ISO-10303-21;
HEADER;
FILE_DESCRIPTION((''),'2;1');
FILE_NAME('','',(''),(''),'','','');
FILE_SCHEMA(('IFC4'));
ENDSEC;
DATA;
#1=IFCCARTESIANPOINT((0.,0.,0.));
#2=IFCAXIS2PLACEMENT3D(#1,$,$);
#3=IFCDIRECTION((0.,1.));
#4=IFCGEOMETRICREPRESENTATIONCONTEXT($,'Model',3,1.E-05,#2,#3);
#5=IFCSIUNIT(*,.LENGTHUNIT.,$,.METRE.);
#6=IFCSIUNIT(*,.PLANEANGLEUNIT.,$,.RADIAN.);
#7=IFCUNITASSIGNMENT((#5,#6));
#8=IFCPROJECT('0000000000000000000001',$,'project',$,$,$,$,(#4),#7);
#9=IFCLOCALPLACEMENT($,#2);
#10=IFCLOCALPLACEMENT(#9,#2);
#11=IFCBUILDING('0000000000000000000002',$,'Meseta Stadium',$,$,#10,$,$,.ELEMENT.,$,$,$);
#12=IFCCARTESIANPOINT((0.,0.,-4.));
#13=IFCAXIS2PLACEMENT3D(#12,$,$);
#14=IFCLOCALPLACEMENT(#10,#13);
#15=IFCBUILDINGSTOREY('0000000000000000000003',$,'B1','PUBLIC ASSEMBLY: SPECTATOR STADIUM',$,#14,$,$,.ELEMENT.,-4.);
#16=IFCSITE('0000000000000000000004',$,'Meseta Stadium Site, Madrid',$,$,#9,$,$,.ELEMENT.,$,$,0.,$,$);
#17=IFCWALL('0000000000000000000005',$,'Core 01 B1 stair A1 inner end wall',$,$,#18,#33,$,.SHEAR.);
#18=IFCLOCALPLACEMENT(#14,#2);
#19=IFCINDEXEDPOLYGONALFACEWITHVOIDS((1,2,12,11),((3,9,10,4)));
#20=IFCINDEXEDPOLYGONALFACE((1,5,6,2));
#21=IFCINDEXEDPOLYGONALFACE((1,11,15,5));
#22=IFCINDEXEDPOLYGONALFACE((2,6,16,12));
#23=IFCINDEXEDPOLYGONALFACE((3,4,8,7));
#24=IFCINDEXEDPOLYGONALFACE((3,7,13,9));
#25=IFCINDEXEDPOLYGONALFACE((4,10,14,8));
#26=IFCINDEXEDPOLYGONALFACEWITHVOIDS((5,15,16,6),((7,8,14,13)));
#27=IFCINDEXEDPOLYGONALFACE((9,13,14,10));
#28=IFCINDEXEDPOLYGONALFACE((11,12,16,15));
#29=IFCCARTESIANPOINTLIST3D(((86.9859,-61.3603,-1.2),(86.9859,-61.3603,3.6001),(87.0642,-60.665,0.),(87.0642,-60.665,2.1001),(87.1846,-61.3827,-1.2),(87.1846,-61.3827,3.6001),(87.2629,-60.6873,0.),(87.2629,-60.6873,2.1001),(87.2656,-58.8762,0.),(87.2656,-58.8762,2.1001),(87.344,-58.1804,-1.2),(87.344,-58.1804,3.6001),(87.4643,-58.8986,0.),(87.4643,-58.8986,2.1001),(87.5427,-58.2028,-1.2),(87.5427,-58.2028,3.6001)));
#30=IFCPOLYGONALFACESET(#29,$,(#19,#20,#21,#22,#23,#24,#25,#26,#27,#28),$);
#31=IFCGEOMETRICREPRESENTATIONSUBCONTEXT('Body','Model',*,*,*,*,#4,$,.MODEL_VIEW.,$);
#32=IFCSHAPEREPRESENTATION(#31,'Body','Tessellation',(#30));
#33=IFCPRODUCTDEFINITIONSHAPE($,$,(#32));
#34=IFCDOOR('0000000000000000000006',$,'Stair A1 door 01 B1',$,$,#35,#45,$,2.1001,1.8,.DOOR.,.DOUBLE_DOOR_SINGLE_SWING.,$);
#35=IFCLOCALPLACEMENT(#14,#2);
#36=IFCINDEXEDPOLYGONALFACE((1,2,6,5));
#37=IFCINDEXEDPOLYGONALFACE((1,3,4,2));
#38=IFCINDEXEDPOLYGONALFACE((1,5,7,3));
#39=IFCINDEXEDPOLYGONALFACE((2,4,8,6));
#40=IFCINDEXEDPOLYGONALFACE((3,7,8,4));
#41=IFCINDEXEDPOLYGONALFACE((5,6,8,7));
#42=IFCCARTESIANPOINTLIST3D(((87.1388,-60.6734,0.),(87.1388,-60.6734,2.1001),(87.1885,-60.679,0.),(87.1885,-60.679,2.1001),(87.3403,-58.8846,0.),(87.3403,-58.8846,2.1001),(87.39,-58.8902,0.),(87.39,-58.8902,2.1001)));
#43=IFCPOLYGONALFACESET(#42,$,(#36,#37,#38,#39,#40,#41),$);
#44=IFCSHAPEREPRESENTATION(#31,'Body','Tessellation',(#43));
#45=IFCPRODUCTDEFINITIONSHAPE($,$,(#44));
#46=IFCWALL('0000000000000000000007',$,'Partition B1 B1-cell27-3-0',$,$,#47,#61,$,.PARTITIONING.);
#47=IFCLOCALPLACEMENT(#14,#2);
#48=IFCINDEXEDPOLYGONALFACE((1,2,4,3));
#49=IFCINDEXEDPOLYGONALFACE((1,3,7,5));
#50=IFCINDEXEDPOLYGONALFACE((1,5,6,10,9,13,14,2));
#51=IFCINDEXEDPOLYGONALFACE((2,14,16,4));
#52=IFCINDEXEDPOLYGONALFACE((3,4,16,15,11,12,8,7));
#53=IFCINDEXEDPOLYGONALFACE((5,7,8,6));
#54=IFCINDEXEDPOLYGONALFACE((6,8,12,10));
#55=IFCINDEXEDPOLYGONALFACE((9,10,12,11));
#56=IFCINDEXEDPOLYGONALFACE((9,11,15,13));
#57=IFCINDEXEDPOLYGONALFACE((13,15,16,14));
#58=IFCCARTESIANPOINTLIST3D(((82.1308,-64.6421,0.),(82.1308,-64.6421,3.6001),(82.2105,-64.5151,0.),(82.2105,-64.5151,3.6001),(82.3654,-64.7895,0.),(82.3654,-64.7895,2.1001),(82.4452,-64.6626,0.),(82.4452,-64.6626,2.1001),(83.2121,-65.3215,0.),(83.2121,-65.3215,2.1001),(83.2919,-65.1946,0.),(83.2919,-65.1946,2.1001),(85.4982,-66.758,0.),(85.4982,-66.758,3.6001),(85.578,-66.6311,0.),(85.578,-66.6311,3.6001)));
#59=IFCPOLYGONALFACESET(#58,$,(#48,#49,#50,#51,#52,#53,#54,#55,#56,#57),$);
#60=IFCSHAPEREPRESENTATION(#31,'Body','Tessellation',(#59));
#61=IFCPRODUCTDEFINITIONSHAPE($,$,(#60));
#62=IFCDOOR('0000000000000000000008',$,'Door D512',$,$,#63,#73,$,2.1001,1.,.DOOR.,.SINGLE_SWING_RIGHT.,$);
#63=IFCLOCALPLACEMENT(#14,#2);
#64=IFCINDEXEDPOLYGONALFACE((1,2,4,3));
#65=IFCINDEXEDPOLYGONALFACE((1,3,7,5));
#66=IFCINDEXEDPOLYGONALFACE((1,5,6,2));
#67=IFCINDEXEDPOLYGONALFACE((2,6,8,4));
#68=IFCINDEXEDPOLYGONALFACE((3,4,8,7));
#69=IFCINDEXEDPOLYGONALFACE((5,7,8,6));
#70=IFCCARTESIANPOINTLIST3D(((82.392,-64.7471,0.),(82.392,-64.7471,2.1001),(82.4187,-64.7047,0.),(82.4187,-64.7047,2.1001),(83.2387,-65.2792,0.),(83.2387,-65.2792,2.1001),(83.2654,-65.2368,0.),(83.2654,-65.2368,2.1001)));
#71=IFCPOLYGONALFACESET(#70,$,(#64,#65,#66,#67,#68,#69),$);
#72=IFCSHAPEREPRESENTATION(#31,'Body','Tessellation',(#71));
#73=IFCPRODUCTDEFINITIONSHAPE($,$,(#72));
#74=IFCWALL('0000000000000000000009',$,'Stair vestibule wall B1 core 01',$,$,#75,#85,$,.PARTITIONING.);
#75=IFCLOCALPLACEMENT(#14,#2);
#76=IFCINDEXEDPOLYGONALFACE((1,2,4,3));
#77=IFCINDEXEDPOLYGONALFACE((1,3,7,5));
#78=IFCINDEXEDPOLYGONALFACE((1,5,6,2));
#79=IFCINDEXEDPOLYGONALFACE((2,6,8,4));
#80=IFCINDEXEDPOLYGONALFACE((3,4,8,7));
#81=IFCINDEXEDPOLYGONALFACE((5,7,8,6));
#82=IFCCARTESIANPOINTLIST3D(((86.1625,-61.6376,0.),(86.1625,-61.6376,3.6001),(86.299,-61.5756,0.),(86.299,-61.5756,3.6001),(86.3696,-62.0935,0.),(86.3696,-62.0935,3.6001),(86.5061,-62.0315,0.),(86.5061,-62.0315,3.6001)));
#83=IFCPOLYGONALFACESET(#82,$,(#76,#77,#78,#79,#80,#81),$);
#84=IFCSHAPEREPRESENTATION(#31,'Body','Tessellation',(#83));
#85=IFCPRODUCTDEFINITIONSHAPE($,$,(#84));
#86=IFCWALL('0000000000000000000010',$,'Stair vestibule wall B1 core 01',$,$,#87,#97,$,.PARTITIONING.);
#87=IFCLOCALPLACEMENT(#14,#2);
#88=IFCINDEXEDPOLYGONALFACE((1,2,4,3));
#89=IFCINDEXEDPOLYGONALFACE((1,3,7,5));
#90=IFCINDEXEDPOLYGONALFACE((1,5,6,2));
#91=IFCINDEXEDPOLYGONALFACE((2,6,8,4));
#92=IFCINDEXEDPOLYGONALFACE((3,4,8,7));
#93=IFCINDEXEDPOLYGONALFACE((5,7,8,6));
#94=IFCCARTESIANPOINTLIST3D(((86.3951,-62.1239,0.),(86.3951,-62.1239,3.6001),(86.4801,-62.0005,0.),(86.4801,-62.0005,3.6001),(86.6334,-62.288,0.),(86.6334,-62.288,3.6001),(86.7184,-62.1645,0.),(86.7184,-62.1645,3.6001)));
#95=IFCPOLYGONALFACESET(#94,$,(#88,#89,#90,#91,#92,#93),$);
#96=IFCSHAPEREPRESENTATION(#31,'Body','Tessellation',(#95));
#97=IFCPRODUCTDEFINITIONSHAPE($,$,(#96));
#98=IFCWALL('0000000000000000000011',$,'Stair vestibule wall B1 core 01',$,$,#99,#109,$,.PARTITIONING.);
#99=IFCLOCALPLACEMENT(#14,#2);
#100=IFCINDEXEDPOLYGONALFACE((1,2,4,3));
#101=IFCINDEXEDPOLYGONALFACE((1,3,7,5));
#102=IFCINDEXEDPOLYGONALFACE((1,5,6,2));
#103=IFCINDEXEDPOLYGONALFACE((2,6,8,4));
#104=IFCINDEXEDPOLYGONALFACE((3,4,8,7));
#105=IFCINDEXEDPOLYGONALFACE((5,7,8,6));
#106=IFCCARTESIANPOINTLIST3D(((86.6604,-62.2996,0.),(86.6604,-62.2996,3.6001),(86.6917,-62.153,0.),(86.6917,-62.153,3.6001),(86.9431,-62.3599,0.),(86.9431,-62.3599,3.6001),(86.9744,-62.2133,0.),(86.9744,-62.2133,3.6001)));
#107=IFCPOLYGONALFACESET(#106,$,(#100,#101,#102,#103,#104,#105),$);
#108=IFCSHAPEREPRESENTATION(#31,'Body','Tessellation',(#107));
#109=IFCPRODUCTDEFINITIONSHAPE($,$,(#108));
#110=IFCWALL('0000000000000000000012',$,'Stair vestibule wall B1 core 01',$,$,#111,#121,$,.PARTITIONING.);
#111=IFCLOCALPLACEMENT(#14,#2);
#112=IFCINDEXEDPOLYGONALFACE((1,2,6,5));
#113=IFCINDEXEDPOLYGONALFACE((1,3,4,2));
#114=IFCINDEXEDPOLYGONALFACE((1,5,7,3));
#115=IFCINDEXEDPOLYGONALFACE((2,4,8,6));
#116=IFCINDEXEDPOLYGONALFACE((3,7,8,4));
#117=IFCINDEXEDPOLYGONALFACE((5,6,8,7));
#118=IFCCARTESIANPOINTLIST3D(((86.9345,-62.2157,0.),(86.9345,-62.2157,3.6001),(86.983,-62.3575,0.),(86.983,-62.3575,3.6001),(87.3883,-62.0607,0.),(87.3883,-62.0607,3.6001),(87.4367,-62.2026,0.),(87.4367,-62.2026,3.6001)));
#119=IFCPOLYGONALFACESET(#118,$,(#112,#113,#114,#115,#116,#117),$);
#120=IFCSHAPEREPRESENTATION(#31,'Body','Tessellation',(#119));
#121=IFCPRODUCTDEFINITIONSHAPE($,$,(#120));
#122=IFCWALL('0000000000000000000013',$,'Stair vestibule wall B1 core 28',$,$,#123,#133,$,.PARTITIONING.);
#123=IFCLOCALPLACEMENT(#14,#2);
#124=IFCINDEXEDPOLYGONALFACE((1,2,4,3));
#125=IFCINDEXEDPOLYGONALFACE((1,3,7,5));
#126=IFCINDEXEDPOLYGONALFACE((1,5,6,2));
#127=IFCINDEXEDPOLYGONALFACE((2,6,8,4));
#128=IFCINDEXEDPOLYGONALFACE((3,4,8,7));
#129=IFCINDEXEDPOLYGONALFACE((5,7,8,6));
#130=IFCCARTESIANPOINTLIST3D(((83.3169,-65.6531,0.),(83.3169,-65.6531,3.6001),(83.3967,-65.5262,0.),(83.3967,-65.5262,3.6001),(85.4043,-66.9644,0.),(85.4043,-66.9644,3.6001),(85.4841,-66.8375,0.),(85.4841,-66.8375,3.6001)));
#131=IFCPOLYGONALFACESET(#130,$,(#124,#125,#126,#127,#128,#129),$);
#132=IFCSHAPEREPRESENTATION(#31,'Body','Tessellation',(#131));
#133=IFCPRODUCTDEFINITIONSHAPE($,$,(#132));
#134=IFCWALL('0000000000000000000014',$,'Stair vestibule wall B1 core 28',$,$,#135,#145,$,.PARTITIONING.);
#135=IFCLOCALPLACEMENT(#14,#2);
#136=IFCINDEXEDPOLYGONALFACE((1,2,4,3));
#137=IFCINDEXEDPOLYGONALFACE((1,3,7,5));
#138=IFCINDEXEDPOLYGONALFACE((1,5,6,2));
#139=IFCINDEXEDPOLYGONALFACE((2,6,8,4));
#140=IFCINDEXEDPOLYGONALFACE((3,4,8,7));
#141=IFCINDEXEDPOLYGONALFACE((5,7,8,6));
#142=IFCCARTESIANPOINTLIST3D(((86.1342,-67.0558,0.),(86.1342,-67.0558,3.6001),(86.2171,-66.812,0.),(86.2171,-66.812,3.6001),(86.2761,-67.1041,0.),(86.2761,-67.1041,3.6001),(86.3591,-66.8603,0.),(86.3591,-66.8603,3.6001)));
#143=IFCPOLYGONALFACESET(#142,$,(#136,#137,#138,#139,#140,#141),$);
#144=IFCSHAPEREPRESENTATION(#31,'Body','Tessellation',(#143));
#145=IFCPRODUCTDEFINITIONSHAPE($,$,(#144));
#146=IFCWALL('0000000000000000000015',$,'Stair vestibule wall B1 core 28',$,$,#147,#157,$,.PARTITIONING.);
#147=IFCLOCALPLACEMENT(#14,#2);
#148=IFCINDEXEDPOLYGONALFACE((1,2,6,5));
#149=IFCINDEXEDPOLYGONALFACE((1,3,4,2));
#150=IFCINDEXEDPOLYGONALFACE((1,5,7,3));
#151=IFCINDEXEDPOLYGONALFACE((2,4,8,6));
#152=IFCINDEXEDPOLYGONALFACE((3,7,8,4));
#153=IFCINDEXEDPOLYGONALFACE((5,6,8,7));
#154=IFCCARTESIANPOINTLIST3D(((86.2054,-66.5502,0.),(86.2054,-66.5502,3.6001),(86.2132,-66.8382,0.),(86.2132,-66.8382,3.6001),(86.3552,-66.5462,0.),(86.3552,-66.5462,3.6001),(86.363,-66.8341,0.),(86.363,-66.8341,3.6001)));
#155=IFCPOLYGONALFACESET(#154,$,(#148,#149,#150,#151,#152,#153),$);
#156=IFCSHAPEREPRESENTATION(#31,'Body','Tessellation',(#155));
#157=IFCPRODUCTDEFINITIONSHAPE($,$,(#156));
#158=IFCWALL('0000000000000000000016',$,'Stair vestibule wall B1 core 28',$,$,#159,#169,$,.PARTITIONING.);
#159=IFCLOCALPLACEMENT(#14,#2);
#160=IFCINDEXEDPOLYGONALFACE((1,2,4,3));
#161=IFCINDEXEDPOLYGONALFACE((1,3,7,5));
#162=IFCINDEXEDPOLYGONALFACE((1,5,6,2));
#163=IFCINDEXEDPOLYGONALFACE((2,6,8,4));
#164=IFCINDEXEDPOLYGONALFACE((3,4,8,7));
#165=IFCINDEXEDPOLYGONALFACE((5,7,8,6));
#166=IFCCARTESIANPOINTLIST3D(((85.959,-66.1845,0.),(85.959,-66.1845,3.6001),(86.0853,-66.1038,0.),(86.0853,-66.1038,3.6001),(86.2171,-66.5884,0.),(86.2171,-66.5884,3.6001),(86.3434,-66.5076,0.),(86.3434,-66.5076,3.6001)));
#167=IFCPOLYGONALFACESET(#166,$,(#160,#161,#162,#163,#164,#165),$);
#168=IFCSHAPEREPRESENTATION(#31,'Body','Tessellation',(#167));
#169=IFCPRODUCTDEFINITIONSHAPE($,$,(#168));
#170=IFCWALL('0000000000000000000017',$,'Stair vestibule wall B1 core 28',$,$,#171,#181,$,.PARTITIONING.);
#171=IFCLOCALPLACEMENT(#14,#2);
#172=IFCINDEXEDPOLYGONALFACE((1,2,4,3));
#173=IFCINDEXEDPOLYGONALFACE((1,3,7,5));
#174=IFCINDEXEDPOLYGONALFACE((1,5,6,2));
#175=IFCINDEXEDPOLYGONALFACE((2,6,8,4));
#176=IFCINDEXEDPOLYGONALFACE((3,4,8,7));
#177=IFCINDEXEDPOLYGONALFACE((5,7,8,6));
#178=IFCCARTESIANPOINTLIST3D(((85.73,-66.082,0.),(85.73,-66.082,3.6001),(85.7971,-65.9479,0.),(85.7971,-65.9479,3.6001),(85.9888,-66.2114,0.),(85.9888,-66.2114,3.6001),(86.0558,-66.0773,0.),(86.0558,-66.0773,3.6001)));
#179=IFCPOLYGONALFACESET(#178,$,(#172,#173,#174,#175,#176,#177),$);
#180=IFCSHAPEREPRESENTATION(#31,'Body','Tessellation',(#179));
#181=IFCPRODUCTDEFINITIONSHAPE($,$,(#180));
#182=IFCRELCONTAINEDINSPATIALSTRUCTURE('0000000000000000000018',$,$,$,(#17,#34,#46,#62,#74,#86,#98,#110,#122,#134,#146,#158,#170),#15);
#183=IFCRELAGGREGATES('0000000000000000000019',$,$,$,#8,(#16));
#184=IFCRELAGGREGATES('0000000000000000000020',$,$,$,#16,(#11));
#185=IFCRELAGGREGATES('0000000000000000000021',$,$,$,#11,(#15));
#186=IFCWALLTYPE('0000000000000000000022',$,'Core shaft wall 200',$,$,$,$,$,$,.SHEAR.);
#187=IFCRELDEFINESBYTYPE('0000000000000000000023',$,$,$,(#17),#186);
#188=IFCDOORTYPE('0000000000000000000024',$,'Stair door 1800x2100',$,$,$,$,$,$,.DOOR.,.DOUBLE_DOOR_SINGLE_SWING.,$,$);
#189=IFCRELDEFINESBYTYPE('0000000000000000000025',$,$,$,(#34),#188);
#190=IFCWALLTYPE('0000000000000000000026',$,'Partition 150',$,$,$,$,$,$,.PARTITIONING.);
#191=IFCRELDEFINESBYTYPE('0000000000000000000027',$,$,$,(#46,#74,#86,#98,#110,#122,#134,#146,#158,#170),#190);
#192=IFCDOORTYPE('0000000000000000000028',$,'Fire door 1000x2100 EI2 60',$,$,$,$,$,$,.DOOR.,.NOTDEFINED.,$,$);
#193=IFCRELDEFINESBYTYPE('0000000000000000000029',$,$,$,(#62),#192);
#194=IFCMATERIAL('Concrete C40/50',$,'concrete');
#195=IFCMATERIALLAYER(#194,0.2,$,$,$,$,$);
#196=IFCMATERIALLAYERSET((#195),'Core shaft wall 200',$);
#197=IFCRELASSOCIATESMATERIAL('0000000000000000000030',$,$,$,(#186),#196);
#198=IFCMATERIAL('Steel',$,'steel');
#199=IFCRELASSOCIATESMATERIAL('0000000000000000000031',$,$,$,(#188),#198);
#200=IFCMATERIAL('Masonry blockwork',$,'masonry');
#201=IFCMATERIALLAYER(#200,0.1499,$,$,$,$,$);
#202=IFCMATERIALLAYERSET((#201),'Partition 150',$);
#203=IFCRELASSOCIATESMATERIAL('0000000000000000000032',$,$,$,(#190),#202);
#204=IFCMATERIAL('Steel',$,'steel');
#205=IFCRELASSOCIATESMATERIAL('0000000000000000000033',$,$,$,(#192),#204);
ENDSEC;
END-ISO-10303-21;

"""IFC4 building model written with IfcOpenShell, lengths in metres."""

from ifc_helpers import new_model, si_unit, direction, frame, frame_2d, origin, place, context, subcontext, project, spatial, rectangle, extrude, material, layer, layer_set, type_object, element, fill, save


model = new_model("IFC4")

# Units and contexts
model_context = context("Model", 3, precision=1e-05, world=origin(), true_north=direction((0.0, 1.0)))
body_context = subcontext(model_context, "Body", "Model", "MODEL_VIEW")
ifc_project = project(units=[si_unit("LENGTHUNIT", "METRE"), si_unit("PLANEANGLEUNIT", "RADIAN")], contexts=[model_context])

# Site, building, storey
site_placement = place(None, origin())
site = spatial("IfcSite", under=ifc_project, at=site_placement, Name="Meseta Stadium Site, Madrid", CompositionType="ELEMENT", RefElevation=0.0)
building_placement = place(site_placement, origin())
building = spatial("IfcBuilding", under=site, at=building_placement, Name="Meseta Stadium", CompositionType="ELEMENT")
storey_placement = place(building_placement, frame((0.0, 0.0, -4.0)))
storey = spatial("IfcBuildingStorey", under=building, at=storey_placement, Name="B1", Description="PUBLIC ASSEMBLY: SPECTATOR STADIUM", CompositionType="ELEMENT", Elevation=-4.0)

# Walls, openings, doors
ifc_material_1 = material(Name="Concrete C40/50", Category="concrete")
ifc_layer_1 = layer(ifc_material_1, 0.2)
ifc_layer_set_1 = layer_set([ifc_layer_1], Name="Core shaft wall 200")
wall_type_1 = type_object("IfcWallType", Name="Core shaft wall 200", PredefinedType="SHEAR", material=ifc_layer_set_1)
wall_1_placement = place(storey_placement, frame((87.0852, -61.3716, -1.2), z_axis=(0.0, 0.0, 1.0), x_axis=(0.111922, 0.993717, 0.0)))
wall_1 = element("IfcWall", 1, at=wall_1_placement, inside=storey, type_object=wall_type_1, Name="Core 01 B1 stair A1 inner end wall", PredefinedType="SHEAR", context=body_context, shape_type="SweptSolid", body=[
    extrude(rectangle(XDim=3.2, YDim=0.2, at=frame_2d((1.6001, 0.0))), origin(), (0.0, 0.0, 1.0), 4.8),
])
opening_1_placement = place(wall_1_placement, frame((0.7, 0.0, 1.2)))
opening_1 = element("IfcOpeningElement", 2, at=opening_1_placement, cuts=wall_1, PredefinedType="OPENING", context=body_context, shape_type="SweptSolid", body=[
    extrude(rectangle(XDim=1.8, YDim=2.1001, at=frame_2d((0.8999, 1.05))), frame((0.0, 0.1099, 0.0), z_axis=(0.0, -1.0, 0.0), x_axis=(1.0, 0.0, 0.0)), (0.0, 0.0, 1.0), 0.22),
])
ifc_material_2 = material(Name="Steel", Category="steel")
door_type_1 = type_object("IfcDoorType", Name="Stair door 1800x2100", OperationType="DOUBLE_DOOR_SINGLE_SWING", PredefinedType="DOOR", material=ifc_material_2)
door_1_placement = place(opening_1_placement, origin())
door_1 = element("IfcDoor", 3, at=door_1_placement, inside=storey, type_object=door_type_1, Name="Stair A1 door 01 B1", OperationType="DOUBLE_DOOR_SINGLE_SWING", OverallHeight=2.1001, OverallWidth=1.8, PredefinedType="DOOR", context=body_context, shape_type="SweptSolid", body=[
    extrude(rectangle(XDim=1.8, YDim=2.1001, at=frame_2d((0.8999, 1.05))), frame((0.0, 0.0249, 0.0), z_axis=(0.0, -1.0, 0.0), x_axis=(1.0, 0.0, 0.0)), (0.0, 0.0, 1.0), 0.05),
])
fill(opening_1, door_1)
ifc_material_3 = material(Name="Masonry blockwork", Category="masonry")
ifc_layer_2 = layer(ifc_material_3, 0.1499)
ifc_layer_set_2 = layer_set([ifc_layer_2], Name="Partition 150")
wall_type_2 = type_object("IfcWallType", Name="Partition 150", PredefinedType="PARTITIONING", material=ifc_layer_set_2)
wall_2_placement = place(storey_placement, frame((85.5381, -66.6946, 0.0), z_axis=(0.0, 0.0, 1.0), x_axis=(-0.846716, 0.532045, 0.0)))
wall_2 = element("IfcWall", 4, at=wall_2_placement, inside=storey, type_object=wall_type_2, Name="Partition B1 B1-cell27-3-0", PredefinedType="PARTITIONING", context=body_context, shape_type="SweptSolid", body=[
    extrude(rectangle(XDim=3.9771, YDim=0.1499, at=frame_2d((1.9885, 0.0))), origin(), (0.0, 0.0, 1.0), 3.6001),
])
opening_2_placement = place(wall_2_placement, frame((2.7, 0.0, 0.0)))
opening_2 = element("IfcOpeningElement", 5, at=opening_2_placement, cuts=wall_2, PredefinedType="OPENING", context=body_context, shape_type="SweptSolid", body=[
    extrude(rectangle(XDim=1.0, YDim=2.1001, at=frame_2d((0.5, 1.05))), frame((0.0, 0.085, 0.0), z_axis=(0.0, -1.0, 0.0), x_axis=(1.0, 0.0, 0.0)), (0.0, 0.0, 1.0), 0.1699),
])
ifc_material_4 = material(Name="Steel", Category="steel")
door_type_2 = type_object("IfcDoorType", Name="Fire door 1000x2100 EI2 60", OperationType="NOTDEFINED", PredefinedType="DOOR", material=ifc_material_4)
door_2_placement = place(opening_2_placement, origin())
door_2 = element("IfcDoor", 6, at=door_2_placement, inside=storey, type_object=door_type_2, Name="Door D512", OperationType="SINGLE_SWING_RIGHT", OverallHeight=2.1001, OverallWidth=1.0, PredefinedType="DOOR", context=body_context, shape_type="SweptSolid", body=[
    extrude(rectangle(XDim=1.0, YDim=2.1001, at=frame_2d((0.5, 1.05))), frame((0.0, 0.0249, 0.0), z_axis=(0.0, -1.0, 0.0), x_axis=(1.0, 0.0, 0.0)), (0.0, 0.0, 1.0), 0.05),
])
fill(opening_2, door_2)

# Walls
wall_3_placement = place(storey_placement, frame((86.2307, -61.6064, 0.0), z_axis=(0.0, 0.0, 1.0), x_axis=(0.413546, -0.910483, 0.0)))
element("IfcWall", 7, at=wall_3_placement, inside=storey, type_object=wall_type_2, Name="Stair vestibule wall B1 core 01", PredefinedType="PARTITIONING", context=body_context, shape_type="SweptSolid", body=[
    extrude(rectangle(XDim=0.5007, YDim=0.1499, at=frame_2d((0.2505, 0.0))), origin(), (0.0, 0.0, 1.0), 3.6001),
])
wall_4_placement = place(storey_placement, frame((86.4377, -62.0623, 0.0), z_axis=(0.0, 0.0, 1.0), x_axis=(0.823648, -0.567102, 0.0)))
element("IfcWall", 8, at=wall_4_placement, inside=storey, type_object=wall_type_2, Name="Stair vestibule wall B1 core 01", PredefinedType="PARTITIONING", context=body_context, shape_type="SweptSolid", body=[
    extrude(rectangle(XDim=0.2893, YDim=0.1499, at=frame_2d((0.1445, 0.0))), origin(), (0.0, 0.0, 1.0), 3.6001),
])
wall_5_placement = place(storey_placement, frame((86.676, -62.2263, 0.0), z_axis=(0.0, 0.0, 1.0), x_axis=(0.978, -0.208606, 0.0)))
element("IfcWall", 9, at=wall_5_placement, inside=storey, type_object=wall_type_2, Name="Stair vestibule wall B1 core 01", PredefinedType="PARTITIONING", context=body_context, shape_type="SweptSolid", body=[
    extrude(rectangle(XDim=0.2891, YDim=0.1499, at=frame_2d((0.1445, 0.0))), origin(), (0.0, 0.0, 1.0), 3.6001),
])
wall_6_placement = place(storey_placement, frame((86.9587, -62.2866, 0.0), z_axis=(0.0, 0.0, 1.0), x_axis=(0.946316, 0.323244, 0.0)))
element("IfcWall", 10, at=wall_6_placement, inside=storey, type_object=wall_type_2, Name="Stair vestibule wall B1 core 01", PredefinedType="PARTITIONING", context=body_context, shape_type="SweptSolid", body=[
    extrude(rectangle(XDim=0.4795, YDim=0.1499, at=frame_2d((0.2397, 0.0))), origin(), (0.0, 0.0, 1.0), 3.6001),
])
wall_7_placement = place(storey_placement, frame((85.4441, -66.9009, 0.0), z_axis=(0.0, 0.0, 1.0), x_axis=(-0.846783, 0.531938, 0.0)))
element("IfcWall", 11, at=wall_7_placement, inside=storey, type_object=wall_type_2, Name="Stair vestibule wall B1 core 28", PredefinedType="PARTITIONING", context=body_context, shape_type="SweptSolid", body=[
    extrude(rectangle(XDim=2.4651, YDim=0.1499, at=frame_2d((1.2324, 0.0))), origin(), (0.0, 0.0, 1.0), 3.6001),
])
wall_8_placement = place(storey_placement, frame((86.2051, -67.0801, 0.0), z_axis=(0.0, 0.0, 1.0), x_axis=(0.322192, 0.946675, 0.0)))
element("IfcWall", 12, at=wall_8_placement, inside=storey, type_object=wall_type_2, Name="Stair vestibule wall B1 core 28", PredefinedType="PARTITIONING", context=body_context, shape_type="SweptSolid", body=[
    extrude(rectangle(XDim=0.2576, YDim=0.1499, at=frame_2d((0.1289, 0.0))), origin(), (0.0, 0.0, 1.0), 3.6001),
])
wall_9_placement = place(storey_placement, frame((86.2881, -66.8362, 0.0), z_axis=(0.0, 0.0, 1.0), x_axis=(-0.027109, 0.999632, 0.0)))
element("IfcWall", 13, at=wall_9_placement, inside=storey, type_object=wall_type_2, Name="Stair vestibule wall B1 core 28", PredefinedType="PARTITIONING", context=body_context, shape_type="SweptSolid", body=[
    extrude(rectangle(XDim=0.2881, YDim=0.1499, at=frame_2d((0.144, 0.0))), origin(), (0.0, 0.0, 1.0), 3.6001),
])
wall_10_placement = place(storey_placement, frame((86.2803, -66.5481, 0.0), z_axis=(0.0, 0.0, 1.0), x_axis=(-0.53849, 0.842632, 0.0)))
element("IfcWall", 14, at=wall_10_placement, inside=storey, type_object=wall_type_2, Name="Stair vestibule wall B1 core 28", PredefinedType="PARTITIONING", context=body_context, shape_type="SweptSolid", body=[
    extrude(rectangle(XDim=0.4792, YDim=0.1499, at=frame_2d((0.2397, 0.0))), origin(), (0.0, 0.0, 1.0), 3.6001),
])
wall_11_placement = place(storey_placement, frame((86.0222, -66.1443, 0.0), z_axis=(0.0, 0.0, 1.0), x_axis=(-0.894427, 0.447214, 0.0)))
element("IfcWall", 15, at=wall_11_placement, inside=storey, type_object=wall_type_2, Name="Stair vestibule wall B1 core 28", PredefinedType="PARTITIONING", context=body_context, shape_type="SweptSolid", body=[
    extrude(rectangle(XDim=0.2893, YDim=0.1499, at=frame_2d((0.1445, 0.0))), origin(), (0.0, 0.0, 1.0), 3.6001),
])

save(model, "model.ifc")
